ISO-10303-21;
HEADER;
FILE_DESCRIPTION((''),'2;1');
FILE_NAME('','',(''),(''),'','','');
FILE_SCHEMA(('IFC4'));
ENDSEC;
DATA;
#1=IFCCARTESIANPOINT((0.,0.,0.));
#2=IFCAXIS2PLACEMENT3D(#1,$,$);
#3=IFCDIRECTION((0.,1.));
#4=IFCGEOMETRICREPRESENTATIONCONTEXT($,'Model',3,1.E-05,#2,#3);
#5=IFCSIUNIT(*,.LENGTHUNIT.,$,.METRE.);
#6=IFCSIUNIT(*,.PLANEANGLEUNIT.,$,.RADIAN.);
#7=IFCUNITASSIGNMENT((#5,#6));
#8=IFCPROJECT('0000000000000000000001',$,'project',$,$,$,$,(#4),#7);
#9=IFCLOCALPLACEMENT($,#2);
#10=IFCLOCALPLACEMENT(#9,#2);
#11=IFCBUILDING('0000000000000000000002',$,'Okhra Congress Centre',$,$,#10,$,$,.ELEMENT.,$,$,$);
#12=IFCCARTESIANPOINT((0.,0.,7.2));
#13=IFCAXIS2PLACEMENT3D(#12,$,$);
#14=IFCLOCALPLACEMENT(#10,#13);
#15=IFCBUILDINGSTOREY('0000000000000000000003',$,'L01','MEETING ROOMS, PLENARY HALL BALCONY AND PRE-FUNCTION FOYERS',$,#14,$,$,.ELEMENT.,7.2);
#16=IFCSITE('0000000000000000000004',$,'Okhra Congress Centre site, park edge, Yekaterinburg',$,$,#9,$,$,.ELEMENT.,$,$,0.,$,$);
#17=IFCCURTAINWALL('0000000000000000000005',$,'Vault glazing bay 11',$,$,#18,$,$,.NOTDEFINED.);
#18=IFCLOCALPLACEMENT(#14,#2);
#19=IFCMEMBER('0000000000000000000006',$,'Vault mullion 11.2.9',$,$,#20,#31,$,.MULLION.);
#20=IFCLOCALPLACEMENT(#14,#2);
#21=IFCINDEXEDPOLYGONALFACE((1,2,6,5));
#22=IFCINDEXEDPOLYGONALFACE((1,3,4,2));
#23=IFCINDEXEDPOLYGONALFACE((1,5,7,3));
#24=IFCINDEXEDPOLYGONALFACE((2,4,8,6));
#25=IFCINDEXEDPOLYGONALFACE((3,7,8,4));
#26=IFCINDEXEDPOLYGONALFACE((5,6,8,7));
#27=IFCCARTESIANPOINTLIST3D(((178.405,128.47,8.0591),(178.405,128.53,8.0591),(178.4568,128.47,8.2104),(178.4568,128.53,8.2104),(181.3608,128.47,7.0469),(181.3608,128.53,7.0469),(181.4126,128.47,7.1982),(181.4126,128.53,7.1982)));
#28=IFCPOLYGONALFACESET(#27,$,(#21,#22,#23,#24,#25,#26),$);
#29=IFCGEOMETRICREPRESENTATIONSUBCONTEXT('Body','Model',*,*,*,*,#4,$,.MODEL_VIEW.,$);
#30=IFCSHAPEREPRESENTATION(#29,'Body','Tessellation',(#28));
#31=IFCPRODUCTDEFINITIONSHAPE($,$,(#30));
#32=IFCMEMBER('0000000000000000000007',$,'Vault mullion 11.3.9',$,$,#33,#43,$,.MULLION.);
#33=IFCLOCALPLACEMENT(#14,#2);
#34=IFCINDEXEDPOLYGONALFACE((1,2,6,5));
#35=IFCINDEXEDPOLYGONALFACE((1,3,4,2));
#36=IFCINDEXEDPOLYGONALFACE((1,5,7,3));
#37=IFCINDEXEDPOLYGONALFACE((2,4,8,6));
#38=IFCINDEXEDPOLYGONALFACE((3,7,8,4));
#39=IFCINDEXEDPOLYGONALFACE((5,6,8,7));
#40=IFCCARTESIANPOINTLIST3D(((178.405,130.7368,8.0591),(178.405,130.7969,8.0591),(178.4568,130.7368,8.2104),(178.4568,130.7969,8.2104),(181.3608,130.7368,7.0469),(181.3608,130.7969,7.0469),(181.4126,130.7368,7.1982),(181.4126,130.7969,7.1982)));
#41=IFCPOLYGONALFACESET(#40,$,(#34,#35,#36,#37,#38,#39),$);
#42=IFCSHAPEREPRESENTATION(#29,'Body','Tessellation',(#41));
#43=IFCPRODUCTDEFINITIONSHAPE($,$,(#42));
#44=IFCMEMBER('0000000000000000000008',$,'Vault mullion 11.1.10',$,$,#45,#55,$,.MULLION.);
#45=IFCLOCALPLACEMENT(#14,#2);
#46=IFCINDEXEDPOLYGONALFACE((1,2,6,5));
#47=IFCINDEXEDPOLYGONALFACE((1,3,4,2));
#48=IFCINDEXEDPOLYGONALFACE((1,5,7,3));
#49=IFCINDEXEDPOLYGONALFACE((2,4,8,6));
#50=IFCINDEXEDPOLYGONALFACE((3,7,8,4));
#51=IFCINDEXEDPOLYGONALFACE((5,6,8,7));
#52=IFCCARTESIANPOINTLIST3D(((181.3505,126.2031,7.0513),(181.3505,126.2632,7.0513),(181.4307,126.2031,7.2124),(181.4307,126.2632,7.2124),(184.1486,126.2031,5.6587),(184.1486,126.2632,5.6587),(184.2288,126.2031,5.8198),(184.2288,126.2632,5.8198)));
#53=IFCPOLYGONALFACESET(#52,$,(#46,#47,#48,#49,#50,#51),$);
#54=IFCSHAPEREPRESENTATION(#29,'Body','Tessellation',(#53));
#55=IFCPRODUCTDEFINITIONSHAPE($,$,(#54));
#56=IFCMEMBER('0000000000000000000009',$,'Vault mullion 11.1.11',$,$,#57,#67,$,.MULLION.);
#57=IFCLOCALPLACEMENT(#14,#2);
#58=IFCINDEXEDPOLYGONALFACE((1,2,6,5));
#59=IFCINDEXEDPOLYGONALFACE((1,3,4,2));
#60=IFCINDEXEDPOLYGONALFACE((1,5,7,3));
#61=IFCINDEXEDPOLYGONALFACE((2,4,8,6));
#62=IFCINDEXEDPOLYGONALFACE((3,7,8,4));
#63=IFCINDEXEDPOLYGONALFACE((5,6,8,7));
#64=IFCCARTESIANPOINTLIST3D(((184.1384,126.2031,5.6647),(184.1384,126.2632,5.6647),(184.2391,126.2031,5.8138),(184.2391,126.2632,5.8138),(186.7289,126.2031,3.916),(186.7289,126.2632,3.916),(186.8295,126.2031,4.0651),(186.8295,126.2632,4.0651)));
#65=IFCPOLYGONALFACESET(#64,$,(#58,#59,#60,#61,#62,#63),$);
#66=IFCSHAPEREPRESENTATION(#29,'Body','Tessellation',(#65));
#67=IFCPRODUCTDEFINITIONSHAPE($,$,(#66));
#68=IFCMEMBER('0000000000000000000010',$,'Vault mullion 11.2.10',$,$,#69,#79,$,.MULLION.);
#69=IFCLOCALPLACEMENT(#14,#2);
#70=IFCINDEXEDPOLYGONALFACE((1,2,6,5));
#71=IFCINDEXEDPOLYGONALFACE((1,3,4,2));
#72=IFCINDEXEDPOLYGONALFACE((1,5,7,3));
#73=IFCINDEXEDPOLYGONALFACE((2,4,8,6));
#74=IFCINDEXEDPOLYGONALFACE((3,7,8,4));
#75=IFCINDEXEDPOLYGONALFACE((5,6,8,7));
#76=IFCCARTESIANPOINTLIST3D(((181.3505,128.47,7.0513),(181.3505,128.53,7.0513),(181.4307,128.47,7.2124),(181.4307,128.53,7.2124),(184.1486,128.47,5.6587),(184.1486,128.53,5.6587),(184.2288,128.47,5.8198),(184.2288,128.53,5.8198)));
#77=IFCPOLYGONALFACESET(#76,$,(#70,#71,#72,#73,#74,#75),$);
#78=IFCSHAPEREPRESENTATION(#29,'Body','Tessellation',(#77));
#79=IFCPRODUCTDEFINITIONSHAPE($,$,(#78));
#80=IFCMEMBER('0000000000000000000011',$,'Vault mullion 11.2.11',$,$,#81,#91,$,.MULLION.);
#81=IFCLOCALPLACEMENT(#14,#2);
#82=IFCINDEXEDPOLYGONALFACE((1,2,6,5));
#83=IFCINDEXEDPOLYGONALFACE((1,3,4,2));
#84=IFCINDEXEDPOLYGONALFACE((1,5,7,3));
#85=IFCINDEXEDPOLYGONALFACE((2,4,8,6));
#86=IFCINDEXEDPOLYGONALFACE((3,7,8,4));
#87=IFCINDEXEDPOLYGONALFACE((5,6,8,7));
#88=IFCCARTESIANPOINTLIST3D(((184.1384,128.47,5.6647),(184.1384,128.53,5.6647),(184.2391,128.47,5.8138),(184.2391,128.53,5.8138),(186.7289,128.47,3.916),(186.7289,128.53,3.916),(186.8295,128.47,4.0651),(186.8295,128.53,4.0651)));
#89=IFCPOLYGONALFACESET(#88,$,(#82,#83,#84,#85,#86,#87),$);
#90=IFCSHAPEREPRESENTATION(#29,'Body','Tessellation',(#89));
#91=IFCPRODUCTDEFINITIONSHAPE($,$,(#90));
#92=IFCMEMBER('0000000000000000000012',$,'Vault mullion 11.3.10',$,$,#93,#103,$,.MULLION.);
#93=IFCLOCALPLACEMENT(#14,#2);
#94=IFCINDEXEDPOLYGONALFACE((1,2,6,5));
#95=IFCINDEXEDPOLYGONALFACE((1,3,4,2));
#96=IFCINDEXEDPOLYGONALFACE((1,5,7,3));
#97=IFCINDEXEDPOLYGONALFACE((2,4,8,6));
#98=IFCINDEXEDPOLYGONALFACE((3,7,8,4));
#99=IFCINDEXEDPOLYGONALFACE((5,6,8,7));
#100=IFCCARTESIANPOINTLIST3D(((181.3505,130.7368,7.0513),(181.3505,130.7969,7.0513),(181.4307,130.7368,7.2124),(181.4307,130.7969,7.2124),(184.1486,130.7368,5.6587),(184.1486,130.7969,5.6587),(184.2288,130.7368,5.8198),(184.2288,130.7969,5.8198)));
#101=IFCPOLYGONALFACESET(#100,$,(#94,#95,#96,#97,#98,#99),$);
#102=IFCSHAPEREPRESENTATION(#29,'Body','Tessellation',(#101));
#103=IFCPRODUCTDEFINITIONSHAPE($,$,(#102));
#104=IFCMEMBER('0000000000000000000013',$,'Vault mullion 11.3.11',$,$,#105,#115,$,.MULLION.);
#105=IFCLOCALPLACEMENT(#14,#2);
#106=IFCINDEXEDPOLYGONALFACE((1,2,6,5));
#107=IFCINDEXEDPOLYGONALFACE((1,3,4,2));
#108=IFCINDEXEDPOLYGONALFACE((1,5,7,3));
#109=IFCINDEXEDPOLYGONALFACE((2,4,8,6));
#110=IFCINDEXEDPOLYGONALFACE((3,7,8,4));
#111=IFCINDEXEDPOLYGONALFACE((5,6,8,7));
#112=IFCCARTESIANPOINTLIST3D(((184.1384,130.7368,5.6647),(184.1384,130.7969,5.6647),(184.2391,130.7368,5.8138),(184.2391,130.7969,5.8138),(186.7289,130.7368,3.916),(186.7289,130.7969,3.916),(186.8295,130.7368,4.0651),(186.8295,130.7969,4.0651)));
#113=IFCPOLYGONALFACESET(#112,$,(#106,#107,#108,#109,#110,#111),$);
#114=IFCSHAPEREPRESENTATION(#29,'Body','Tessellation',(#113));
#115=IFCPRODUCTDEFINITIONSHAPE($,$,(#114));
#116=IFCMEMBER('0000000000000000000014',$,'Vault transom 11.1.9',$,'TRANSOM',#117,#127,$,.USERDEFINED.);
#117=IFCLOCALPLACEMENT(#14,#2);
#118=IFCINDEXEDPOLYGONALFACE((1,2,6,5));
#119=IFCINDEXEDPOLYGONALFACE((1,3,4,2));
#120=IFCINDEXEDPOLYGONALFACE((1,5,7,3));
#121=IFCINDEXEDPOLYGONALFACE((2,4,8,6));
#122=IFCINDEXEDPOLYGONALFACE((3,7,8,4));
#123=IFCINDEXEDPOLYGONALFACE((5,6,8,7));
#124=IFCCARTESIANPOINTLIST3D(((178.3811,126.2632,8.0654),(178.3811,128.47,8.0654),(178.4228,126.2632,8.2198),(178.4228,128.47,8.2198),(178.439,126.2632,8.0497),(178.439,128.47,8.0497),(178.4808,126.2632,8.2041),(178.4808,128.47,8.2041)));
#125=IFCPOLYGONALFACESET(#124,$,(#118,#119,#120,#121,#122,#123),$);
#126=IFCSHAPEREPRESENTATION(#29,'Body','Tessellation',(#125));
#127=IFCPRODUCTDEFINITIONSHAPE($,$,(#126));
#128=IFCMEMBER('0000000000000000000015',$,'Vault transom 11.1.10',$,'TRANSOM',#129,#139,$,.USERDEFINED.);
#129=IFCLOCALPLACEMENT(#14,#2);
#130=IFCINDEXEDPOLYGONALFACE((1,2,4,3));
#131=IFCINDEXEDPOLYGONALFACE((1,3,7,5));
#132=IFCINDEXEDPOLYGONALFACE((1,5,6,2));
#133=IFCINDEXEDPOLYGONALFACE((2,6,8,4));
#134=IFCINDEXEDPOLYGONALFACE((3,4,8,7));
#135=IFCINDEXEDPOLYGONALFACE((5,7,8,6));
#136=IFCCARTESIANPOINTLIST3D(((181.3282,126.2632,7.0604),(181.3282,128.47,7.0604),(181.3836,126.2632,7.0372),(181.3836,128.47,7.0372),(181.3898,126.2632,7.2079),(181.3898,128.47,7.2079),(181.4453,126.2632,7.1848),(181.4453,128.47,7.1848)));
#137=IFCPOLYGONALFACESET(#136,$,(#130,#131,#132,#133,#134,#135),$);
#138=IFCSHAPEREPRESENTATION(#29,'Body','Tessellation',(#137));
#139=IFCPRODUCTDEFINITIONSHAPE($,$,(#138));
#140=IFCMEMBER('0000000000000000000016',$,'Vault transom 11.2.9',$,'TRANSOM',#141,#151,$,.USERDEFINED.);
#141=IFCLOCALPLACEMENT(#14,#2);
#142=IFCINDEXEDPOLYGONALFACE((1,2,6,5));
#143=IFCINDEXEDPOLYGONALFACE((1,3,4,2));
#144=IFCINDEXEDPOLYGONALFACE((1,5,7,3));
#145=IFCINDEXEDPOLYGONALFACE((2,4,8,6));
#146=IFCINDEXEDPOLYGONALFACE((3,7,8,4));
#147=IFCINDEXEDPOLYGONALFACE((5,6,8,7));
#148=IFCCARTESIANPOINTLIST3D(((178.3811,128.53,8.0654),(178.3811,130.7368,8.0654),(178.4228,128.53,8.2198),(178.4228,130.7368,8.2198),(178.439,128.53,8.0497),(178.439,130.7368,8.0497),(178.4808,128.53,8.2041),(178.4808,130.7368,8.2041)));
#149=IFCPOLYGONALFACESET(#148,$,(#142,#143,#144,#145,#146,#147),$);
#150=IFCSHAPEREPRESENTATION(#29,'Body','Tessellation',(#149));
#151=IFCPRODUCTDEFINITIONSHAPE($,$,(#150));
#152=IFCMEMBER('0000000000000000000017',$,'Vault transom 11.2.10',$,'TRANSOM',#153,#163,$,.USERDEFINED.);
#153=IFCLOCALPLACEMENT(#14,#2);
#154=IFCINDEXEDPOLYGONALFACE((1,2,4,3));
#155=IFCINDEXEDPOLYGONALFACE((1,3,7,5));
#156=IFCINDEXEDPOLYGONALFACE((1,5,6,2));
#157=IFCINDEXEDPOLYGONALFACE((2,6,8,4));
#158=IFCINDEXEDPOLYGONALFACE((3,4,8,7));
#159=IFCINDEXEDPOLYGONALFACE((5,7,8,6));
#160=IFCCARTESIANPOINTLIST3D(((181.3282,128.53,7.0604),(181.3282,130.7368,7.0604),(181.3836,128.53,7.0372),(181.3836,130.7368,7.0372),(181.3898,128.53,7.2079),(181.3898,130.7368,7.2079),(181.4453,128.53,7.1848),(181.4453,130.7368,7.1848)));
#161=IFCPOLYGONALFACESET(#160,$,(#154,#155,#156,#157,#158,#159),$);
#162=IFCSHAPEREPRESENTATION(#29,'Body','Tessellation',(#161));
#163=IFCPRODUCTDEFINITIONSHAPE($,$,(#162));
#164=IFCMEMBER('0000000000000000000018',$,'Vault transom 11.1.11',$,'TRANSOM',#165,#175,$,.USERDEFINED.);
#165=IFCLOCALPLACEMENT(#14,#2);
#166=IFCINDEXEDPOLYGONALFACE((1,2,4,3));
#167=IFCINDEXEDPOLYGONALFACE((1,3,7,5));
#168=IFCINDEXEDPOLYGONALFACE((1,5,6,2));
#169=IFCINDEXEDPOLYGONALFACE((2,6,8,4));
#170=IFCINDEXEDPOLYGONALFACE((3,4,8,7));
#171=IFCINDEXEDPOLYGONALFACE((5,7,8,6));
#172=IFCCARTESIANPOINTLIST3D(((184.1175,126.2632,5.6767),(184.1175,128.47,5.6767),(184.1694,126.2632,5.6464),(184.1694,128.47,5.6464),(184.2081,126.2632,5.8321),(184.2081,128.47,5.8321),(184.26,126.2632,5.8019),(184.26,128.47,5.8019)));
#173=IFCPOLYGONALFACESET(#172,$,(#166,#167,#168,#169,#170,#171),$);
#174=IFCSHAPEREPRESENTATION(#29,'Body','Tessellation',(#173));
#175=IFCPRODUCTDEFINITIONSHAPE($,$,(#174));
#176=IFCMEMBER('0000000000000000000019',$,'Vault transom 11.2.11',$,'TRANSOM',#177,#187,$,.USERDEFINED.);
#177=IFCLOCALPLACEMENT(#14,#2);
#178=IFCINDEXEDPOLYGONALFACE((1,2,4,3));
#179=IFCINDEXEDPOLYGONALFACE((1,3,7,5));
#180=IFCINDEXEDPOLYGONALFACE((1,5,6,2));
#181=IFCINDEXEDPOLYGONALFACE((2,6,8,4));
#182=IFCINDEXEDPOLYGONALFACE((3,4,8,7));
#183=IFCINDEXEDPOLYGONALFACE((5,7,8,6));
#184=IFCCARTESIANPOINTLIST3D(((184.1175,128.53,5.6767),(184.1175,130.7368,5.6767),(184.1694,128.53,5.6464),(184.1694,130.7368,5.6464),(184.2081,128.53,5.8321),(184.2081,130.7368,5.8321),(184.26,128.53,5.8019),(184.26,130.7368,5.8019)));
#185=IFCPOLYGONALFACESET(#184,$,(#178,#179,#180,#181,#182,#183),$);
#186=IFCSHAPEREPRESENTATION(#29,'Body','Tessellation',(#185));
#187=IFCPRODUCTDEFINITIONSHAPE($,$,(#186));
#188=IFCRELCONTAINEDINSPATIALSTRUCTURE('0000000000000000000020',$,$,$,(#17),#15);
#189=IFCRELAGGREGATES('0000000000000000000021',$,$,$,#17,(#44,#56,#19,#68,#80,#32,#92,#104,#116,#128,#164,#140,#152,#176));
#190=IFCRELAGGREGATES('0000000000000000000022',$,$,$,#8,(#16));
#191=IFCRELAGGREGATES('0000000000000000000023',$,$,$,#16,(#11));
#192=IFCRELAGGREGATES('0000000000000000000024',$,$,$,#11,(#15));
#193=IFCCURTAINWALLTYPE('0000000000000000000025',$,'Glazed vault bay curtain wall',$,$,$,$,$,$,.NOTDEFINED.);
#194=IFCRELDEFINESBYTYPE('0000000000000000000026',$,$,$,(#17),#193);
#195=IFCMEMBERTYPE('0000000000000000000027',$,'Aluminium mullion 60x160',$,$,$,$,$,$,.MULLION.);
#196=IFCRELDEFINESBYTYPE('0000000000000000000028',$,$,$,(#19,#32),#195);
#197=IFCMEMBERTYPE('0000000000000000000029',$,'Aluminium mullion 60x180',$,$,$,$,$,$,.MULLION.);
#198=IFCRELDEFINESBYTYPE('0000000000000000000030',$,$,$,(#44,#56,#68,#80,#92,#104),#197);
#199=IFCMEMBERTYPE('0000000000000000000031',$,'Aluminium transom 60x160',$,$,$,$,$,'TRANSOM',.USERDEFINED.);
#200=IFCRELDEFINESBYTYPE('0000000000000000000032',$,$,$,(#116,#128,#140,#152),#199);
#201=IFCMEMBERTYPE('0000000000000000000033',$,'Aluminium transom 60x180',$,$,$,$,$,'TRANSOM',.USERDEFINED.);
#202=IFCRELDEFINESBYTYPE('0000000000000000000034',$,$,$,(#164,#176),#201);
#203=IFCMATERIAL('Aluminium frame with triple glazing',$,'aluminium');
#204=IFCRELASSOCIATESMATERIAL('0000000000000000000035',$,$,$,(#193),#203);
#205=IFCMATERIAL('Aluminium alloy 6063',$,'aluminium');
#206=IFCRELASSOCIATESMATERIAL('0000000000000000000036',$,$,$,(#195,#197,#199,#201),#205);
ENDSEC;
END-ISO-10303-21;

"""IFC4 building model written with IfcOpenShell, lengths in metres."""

from ifc_helpers import new_model, si_unit, direction, frame, origin, origin_2d, place, context, subcontext, project, spatial, rectangle, extrude, material, material_profile, profile_set, type_object, element, aggregate, save


model = new_model("IFC4")

# Units and contexts
model_context = context("Model", 3, precision=1e-05, world=origin(), true_north=direction((0.0, 1.0)))
body_context = subcontext(model_context, "Body", "Model", "MODEL_VIEW")
ifc_project = project(units=[si_unit("LENGTHUNIT", "METRE"), si_unit("PLANEANGLEUNIT", "RADIAN")], contexts=[model_context])

# Site, building, storey
site_placement = place(None, origin())
site = spatial("IfcSite", under=ifc_project, at=site_placement, Name="Okhra Congress Centre site, park edge, Yekaterinburg", CompositionType="ELEMENT", RefElevation=0.0)
building_placement = place(site_placement, origin())
building = spatial("IfcBuilding", under=site, at=building_placement, Name="Okhra Congress Centre", CompositionType="ELEMENT")
storey_placement = place(building_placement, frame((0.0, 0.0, 7.2)))
storey = spatial("IfcBuildingStorey", under=building, at=storey_placement, Name="L01", Description="MEETING ROOMS, PLENARY HALL BALCONY AND PRE-FUNCTION FOYERS", CompositionType="ELEMENT", Elevation=7.2)

# Curtain wall, members
ifc_material_1 = material(Name="Aluminium frame with triple glazing", Category="aluminium")
curtain_wall_type = type_object("IfcCurtainWallType", Name="Glazed vault bay curtain wall", PredefinedType="NOTDEFINED", material=ifc_material_1)
curtain_wall_placement = place(storey_placement, origin())
curtain_wall = element("IfcCurtainWall", 1, at=curtain_wall_placement, inside=storey, type_object=curtain_wall_type, Name="Vault glazing bay 11", PredefinedType="NOTDEFINED")
ifc_material_2 = material(Name="Aluminium alloy 6063", Category="aluminium")
ifc_material_profile_1 = material_profile(ifc_material_2, rectangle(XDim=0.0601, YDim=0.1599, at=origin_2d()), Name="AL 60x160")
ifc_profile_set_1 = profile_set([ifc_material_profile_1], Name="Aluminium alloy 6063")
member_type_1 = type_object("IfcMemberType", Name="Aluminium mullion 60x160", PredefinedType="MULLION", material=ifc_profile_set_1)
member_1_placement = place(storey_placement, frame((178.4309, 128.5, 8.1348), z_axis=(0.946065, 0.0, -0.323977), x_axis=(0.0, 1.0, 0.0)))
member_1 = element("IfcMember", 2, at=member_1_placement, type_object=member_type_1, Name="Vault mullion 11.2.9", PredefinedType="MULLION", context=body_context, shape_type="SweptSolid", body=[
    extrude(rectangle(XDim=0.0601, YDim=0.1599, at=origin_2d()), origin(), (0.0, 0.0, 1.0), 3.1243),
])
member_2_placement = place(storey_placement, frame((178.4309, 130.7668, 8.1348), z_axis=(0.946065, 0.0, -0.323977), x_axis=(0.0, 1.0, 0.0)))
member_2 = element("IfcMember", 3, at=member_2_placement, type_object=member_type_1, Name="Vault mullion 11.3.9", PredefinedType="MULLION", context=body_context, shape_type="SweptSolid", body=[
    extrude(rectangle(XDim=0.0601, YDim=0.1599, at=origin_2d()), origin(), (0.0, 0.0, 1.0), 3.1243),
])
ifc_material_profile_2 = material_profile(ifc_material_2, rectangle(XDim=0.0601, YDim=0.1799, at=origin_2d()), Name="AL 60x180")
ifc_profile_set_2 = profile_set([ifc_material_profile_2], Name="Aluminium alloy 6063")
member_type_2 = type_object("IfcMemberType", Name="Aluminium mullion 60x180", PredefinedType="MULLION", material=ifc_profile_set_2)
member_3_placement = place(storey_placement, frame((181.3906, 126.2332, 7.1318), z_axis=(0.895254, 0.0, -0.445557), x_axis=(0.0, 1.0, 0.0)))
member_3 = element("IfcMember", 4, at=member_3_placement, type_object=member_type_2, Name="Vault mullion 11.1.10", PredefinedType="MULLION", context=body_context, shape_type="SweptSolid", body=[
    extrude(rectangle(XDim=0.0601, YDim=0.1799, at=origin_2d()), origin(), (0.0, 0.0, 1.0), 3.1255),
])
member_4_placement = place(storey_placement, frame((184.1887, 126.2332, 5.7393), z_axis=(0.828828, 0.0, -0.559504), x_axis=(0.0, 1.0, 0.0)))
member_4 = element("IfcMember", 5, at=member_4_placement, type_object=member_type_2, Name="Vault mullion 11.1.11", PredefinedType="MULLION", context=body_context, shape_type="SweptSolid", body=[
    extrude(rectangle(XDim=0.0601, YDim=0.1799, at=origin_2d()), origin(), (0.0, 0.0, 1.0), 3.1255),
])
member_5_placement = place(storey_placement, frame((181.3906, 128.5, 7.1318), z_axis=(0.895254, 0.0, -0.445557), x_axis=(0.0, 1.0, 0.0)))
member_5 = element("IfcMember", 6, at=member_5_placement, type_object=member_type_2, Name="Vault mullion 11.2.10", PredefinedType="MULLION", context=body_context, shape_type="SweptSolid", body=[
    extrude(rectangle(XDim=0.0601, YDim=0.1799, at=origin_2d()), origin(), (0.0, 0.0, 1.0), 3.1255),
])
member_6_placement = place(storey_placement, frame((184.1887, 128.5, 5.7393), z_axis=(0.828828, 0.0, -0.559504), x_axis=(0.0, 1.0, 0.0)))
member_6 = element("IfcMember", 7, at=member_6_placement, type_object=member_type_2, Name="Vault mullion 11.2.11", PredefinedType="MULLION", context=body_context, shape_type="SweptSolid", body=[
    extrude(rectangle(XDim=0.0601, YDim=0.1799, at=origin_2d()), origin(), (0.0, 0.0, 1.0), 3.1255),
])
member_7_placement = place(storey_placement, frame((181.3906, 130.7668, 7.1318), z_axis=(0.895254, 0.0, -0.445557), x_axis=(0.0, 1.0, 0.0)))
member_7 = element("IfcMember", 8, at=member_7_placement, type_object=member_type_2, Name="Vault mullion 11.3.10", PredefinedType="MULLION", context=body_context, shape_type="SweptSolid", body=[
    extrude(rectangle(XDim=0.0601, YDim=0.1799, at=origin_2d()), origin(), (0.0, 0.0, 1.0), 3.1255),
])
member_8_placement = place(storey_placement, frame((184.1887, 130.7668, 5.7393), z_axis=(0.828828, 0.0, -0.559504), x_axis=(0.0, 1.0, 0.0)))
member_8 = element("IfcMember", 9, at=member_8_placement, type_object=member_type_2, Name="Vault mullion 11.3.11", PredefinedType="MULLION", context=body_context, shape_type="SweptSolid", body=[
    extrude(rectangle(XDim=0.0601, YDim=0.1799, at=origin_2d()), origin(), (0.0, 0.0, 1.0), 3.1255),
])
ifc_material_profile_3 = material_profile(ifc_material_2, rectangle(XDim=0.0601, YDim=0.1599, at=origin_2d()), Name="AL 60x160 transom")
ifc_profile_set_3 = profile_set([ifc_material_profile_3], Name="Aluminium alloy 6063")
member_type_3 = type_object("IfcMemberType", Name="Aluminium transom 60x160", ElementType="TRANSOM", PredefinedType="USERDEFINED", material=ifc_profile_set_3)
member_9_placement = place(storey_placement, frame((178.4309, 126.2632, 8.1348), z_axis=(0.0, 1.0, 0.0), x_axis=(-0.96538, 0.0, 0.260848)))
member_9 = element("IfcMember", 10, at=member_9_placement, type_object=member_type_3, Name="Vault transom 11.1.9", ObjectType="TRANSOM", PredefinedType="USERDEFINED", context=body_context, shape_type="SweptSolid", body=[
    extrude(rectangle(XDim=0.0601, YDim=0.1599, at=origin_2d()), origin(), (0.0, 0.0, 1.0), 2.2068),
])
member_10_placement = place(storey_placement, frame((181.3867, 126.2632, 7.1226), z_axis=(0.0, 1.0, 0.0), x_axis=(-0.922669, 0.0, 0.385593)))
member_10 = element("IfcMember", 11, at=member_10_placement, type_object=member_type_3, Name="Vault transom 11.1.10", ObjectType="TRANSOM", PredefinedType="USERDEFINED", context=body_context, shape_type="SweptSolid", body=[
    extrude(rectangle(XDim=0.0601, YDim=0.1599, at=origin_2d()), origin(), (0.0, 0.0, 1.0), 2.2068),
])
member_11_placement = place(storey_placement, frame((178.4309, 128.53, 8.1348), z_axis=(0.0, 1.0, 0.0), x_axis=(-0.96538, 0.0, 0.260848)))
member_11 = element("IfcMember", 12, at=member_11_placement, type_object=member_type_3, Name="Vault transom 11.2.9", ObjectType="TRANSOM", PredefinedType="USERDEFINED", context=body_context, shape_type="SweptSolid", body=[
    extrude(rectangle(XDim=0.0601, YDim=0.1599, at=origin_2d()), origin(), (0.0, 0.0, 1.0), 2.2068),
])
member_12_placement = place(storey_placement, frame((181.3867, 128.53, 7.1226), z_axis=(0.0, 1.0, 0.0), x_axis=(-0.922669, 0.0, 0.385593)))
member_12 = element("IfcMember", 13, at=member_12_placement, type_object=member_type_3, Name="Vault transom 11.2.10", ObjectType="TRANSOM", PredefinedType="USERDEFINED", context=body_context, shape_type="SweptSolid", body=[
    extrude(rectangle(XDim=0.0601, YDim=0.1599, at=origin_2d()), origin(), (0.0, 0.0, 1.0), 2.2068),
])
ifc_material_profile_4 = material_profile(ifc_material_2, rectangle(XDim=0.0601, YDim=0.1799, at=origin_2d()), Name="AL 60x180 transom")
ifc_profile_set_4 = profile_set([ifc_material_profile_4], Name="Aluminium alloy 6063")
member_type_4 = type_object("IfcMemberType", Name="Aluminium transom 60x180", ElementType="TRANSOM", PredefinedType="USERDEFINED", material=ifc_profile_set_4)
member_13_placement = place(storey_placement, frame((184.1887, 126.2632, 5.7393), z_axis=(0.0, 1.0, 0.0), x_axis=(-0.863917, 0.0, 0.503634)))
member_13 = element("IfcMember", 14, at=member_13_placement, type_object=member_type_4, Name="Vault transom 11.1.11", ObjectType="TRANSOM", PredefinedType="USERDEFINED", context=body_context, shape_type="SweptSolid", body=[
    extrude(rectangle(XDim=0.0601, YDim=0.1799, at=origin_2d()), origin(), (0.0, 0.0, 1.0), 2.2068),
])
member_14_placement = place(storey_placement, frame((184.1887, 128.53, 5.7393), z_axis=(0.0, 1.0, 0.0), x_axis=(-0.863917, 0.0, 0.503634)))
member_14 = element("IfcMember", 15, at=member_14_placement, type_object=member_type_4, Name="Vault transom 11.2.11", ObjectType="TRANSOM", PredefinedType="USERDEFINED", context=body_context, shape_type="SweptSolid", body=[
    extrude(rectangle(XDim=0.0601, YDim=0.1799, at=origin_2d()), origin(), (0.0, 0.0, 1.0), 2.2068),
])
aggregate(curtain_wall, [member_3, member_4, member_1, member_5, member_6, member_2, member_7, member_8, member_9, member_10, member_13, member_11, member_12, member_14])

save(model, "model.ifc")
